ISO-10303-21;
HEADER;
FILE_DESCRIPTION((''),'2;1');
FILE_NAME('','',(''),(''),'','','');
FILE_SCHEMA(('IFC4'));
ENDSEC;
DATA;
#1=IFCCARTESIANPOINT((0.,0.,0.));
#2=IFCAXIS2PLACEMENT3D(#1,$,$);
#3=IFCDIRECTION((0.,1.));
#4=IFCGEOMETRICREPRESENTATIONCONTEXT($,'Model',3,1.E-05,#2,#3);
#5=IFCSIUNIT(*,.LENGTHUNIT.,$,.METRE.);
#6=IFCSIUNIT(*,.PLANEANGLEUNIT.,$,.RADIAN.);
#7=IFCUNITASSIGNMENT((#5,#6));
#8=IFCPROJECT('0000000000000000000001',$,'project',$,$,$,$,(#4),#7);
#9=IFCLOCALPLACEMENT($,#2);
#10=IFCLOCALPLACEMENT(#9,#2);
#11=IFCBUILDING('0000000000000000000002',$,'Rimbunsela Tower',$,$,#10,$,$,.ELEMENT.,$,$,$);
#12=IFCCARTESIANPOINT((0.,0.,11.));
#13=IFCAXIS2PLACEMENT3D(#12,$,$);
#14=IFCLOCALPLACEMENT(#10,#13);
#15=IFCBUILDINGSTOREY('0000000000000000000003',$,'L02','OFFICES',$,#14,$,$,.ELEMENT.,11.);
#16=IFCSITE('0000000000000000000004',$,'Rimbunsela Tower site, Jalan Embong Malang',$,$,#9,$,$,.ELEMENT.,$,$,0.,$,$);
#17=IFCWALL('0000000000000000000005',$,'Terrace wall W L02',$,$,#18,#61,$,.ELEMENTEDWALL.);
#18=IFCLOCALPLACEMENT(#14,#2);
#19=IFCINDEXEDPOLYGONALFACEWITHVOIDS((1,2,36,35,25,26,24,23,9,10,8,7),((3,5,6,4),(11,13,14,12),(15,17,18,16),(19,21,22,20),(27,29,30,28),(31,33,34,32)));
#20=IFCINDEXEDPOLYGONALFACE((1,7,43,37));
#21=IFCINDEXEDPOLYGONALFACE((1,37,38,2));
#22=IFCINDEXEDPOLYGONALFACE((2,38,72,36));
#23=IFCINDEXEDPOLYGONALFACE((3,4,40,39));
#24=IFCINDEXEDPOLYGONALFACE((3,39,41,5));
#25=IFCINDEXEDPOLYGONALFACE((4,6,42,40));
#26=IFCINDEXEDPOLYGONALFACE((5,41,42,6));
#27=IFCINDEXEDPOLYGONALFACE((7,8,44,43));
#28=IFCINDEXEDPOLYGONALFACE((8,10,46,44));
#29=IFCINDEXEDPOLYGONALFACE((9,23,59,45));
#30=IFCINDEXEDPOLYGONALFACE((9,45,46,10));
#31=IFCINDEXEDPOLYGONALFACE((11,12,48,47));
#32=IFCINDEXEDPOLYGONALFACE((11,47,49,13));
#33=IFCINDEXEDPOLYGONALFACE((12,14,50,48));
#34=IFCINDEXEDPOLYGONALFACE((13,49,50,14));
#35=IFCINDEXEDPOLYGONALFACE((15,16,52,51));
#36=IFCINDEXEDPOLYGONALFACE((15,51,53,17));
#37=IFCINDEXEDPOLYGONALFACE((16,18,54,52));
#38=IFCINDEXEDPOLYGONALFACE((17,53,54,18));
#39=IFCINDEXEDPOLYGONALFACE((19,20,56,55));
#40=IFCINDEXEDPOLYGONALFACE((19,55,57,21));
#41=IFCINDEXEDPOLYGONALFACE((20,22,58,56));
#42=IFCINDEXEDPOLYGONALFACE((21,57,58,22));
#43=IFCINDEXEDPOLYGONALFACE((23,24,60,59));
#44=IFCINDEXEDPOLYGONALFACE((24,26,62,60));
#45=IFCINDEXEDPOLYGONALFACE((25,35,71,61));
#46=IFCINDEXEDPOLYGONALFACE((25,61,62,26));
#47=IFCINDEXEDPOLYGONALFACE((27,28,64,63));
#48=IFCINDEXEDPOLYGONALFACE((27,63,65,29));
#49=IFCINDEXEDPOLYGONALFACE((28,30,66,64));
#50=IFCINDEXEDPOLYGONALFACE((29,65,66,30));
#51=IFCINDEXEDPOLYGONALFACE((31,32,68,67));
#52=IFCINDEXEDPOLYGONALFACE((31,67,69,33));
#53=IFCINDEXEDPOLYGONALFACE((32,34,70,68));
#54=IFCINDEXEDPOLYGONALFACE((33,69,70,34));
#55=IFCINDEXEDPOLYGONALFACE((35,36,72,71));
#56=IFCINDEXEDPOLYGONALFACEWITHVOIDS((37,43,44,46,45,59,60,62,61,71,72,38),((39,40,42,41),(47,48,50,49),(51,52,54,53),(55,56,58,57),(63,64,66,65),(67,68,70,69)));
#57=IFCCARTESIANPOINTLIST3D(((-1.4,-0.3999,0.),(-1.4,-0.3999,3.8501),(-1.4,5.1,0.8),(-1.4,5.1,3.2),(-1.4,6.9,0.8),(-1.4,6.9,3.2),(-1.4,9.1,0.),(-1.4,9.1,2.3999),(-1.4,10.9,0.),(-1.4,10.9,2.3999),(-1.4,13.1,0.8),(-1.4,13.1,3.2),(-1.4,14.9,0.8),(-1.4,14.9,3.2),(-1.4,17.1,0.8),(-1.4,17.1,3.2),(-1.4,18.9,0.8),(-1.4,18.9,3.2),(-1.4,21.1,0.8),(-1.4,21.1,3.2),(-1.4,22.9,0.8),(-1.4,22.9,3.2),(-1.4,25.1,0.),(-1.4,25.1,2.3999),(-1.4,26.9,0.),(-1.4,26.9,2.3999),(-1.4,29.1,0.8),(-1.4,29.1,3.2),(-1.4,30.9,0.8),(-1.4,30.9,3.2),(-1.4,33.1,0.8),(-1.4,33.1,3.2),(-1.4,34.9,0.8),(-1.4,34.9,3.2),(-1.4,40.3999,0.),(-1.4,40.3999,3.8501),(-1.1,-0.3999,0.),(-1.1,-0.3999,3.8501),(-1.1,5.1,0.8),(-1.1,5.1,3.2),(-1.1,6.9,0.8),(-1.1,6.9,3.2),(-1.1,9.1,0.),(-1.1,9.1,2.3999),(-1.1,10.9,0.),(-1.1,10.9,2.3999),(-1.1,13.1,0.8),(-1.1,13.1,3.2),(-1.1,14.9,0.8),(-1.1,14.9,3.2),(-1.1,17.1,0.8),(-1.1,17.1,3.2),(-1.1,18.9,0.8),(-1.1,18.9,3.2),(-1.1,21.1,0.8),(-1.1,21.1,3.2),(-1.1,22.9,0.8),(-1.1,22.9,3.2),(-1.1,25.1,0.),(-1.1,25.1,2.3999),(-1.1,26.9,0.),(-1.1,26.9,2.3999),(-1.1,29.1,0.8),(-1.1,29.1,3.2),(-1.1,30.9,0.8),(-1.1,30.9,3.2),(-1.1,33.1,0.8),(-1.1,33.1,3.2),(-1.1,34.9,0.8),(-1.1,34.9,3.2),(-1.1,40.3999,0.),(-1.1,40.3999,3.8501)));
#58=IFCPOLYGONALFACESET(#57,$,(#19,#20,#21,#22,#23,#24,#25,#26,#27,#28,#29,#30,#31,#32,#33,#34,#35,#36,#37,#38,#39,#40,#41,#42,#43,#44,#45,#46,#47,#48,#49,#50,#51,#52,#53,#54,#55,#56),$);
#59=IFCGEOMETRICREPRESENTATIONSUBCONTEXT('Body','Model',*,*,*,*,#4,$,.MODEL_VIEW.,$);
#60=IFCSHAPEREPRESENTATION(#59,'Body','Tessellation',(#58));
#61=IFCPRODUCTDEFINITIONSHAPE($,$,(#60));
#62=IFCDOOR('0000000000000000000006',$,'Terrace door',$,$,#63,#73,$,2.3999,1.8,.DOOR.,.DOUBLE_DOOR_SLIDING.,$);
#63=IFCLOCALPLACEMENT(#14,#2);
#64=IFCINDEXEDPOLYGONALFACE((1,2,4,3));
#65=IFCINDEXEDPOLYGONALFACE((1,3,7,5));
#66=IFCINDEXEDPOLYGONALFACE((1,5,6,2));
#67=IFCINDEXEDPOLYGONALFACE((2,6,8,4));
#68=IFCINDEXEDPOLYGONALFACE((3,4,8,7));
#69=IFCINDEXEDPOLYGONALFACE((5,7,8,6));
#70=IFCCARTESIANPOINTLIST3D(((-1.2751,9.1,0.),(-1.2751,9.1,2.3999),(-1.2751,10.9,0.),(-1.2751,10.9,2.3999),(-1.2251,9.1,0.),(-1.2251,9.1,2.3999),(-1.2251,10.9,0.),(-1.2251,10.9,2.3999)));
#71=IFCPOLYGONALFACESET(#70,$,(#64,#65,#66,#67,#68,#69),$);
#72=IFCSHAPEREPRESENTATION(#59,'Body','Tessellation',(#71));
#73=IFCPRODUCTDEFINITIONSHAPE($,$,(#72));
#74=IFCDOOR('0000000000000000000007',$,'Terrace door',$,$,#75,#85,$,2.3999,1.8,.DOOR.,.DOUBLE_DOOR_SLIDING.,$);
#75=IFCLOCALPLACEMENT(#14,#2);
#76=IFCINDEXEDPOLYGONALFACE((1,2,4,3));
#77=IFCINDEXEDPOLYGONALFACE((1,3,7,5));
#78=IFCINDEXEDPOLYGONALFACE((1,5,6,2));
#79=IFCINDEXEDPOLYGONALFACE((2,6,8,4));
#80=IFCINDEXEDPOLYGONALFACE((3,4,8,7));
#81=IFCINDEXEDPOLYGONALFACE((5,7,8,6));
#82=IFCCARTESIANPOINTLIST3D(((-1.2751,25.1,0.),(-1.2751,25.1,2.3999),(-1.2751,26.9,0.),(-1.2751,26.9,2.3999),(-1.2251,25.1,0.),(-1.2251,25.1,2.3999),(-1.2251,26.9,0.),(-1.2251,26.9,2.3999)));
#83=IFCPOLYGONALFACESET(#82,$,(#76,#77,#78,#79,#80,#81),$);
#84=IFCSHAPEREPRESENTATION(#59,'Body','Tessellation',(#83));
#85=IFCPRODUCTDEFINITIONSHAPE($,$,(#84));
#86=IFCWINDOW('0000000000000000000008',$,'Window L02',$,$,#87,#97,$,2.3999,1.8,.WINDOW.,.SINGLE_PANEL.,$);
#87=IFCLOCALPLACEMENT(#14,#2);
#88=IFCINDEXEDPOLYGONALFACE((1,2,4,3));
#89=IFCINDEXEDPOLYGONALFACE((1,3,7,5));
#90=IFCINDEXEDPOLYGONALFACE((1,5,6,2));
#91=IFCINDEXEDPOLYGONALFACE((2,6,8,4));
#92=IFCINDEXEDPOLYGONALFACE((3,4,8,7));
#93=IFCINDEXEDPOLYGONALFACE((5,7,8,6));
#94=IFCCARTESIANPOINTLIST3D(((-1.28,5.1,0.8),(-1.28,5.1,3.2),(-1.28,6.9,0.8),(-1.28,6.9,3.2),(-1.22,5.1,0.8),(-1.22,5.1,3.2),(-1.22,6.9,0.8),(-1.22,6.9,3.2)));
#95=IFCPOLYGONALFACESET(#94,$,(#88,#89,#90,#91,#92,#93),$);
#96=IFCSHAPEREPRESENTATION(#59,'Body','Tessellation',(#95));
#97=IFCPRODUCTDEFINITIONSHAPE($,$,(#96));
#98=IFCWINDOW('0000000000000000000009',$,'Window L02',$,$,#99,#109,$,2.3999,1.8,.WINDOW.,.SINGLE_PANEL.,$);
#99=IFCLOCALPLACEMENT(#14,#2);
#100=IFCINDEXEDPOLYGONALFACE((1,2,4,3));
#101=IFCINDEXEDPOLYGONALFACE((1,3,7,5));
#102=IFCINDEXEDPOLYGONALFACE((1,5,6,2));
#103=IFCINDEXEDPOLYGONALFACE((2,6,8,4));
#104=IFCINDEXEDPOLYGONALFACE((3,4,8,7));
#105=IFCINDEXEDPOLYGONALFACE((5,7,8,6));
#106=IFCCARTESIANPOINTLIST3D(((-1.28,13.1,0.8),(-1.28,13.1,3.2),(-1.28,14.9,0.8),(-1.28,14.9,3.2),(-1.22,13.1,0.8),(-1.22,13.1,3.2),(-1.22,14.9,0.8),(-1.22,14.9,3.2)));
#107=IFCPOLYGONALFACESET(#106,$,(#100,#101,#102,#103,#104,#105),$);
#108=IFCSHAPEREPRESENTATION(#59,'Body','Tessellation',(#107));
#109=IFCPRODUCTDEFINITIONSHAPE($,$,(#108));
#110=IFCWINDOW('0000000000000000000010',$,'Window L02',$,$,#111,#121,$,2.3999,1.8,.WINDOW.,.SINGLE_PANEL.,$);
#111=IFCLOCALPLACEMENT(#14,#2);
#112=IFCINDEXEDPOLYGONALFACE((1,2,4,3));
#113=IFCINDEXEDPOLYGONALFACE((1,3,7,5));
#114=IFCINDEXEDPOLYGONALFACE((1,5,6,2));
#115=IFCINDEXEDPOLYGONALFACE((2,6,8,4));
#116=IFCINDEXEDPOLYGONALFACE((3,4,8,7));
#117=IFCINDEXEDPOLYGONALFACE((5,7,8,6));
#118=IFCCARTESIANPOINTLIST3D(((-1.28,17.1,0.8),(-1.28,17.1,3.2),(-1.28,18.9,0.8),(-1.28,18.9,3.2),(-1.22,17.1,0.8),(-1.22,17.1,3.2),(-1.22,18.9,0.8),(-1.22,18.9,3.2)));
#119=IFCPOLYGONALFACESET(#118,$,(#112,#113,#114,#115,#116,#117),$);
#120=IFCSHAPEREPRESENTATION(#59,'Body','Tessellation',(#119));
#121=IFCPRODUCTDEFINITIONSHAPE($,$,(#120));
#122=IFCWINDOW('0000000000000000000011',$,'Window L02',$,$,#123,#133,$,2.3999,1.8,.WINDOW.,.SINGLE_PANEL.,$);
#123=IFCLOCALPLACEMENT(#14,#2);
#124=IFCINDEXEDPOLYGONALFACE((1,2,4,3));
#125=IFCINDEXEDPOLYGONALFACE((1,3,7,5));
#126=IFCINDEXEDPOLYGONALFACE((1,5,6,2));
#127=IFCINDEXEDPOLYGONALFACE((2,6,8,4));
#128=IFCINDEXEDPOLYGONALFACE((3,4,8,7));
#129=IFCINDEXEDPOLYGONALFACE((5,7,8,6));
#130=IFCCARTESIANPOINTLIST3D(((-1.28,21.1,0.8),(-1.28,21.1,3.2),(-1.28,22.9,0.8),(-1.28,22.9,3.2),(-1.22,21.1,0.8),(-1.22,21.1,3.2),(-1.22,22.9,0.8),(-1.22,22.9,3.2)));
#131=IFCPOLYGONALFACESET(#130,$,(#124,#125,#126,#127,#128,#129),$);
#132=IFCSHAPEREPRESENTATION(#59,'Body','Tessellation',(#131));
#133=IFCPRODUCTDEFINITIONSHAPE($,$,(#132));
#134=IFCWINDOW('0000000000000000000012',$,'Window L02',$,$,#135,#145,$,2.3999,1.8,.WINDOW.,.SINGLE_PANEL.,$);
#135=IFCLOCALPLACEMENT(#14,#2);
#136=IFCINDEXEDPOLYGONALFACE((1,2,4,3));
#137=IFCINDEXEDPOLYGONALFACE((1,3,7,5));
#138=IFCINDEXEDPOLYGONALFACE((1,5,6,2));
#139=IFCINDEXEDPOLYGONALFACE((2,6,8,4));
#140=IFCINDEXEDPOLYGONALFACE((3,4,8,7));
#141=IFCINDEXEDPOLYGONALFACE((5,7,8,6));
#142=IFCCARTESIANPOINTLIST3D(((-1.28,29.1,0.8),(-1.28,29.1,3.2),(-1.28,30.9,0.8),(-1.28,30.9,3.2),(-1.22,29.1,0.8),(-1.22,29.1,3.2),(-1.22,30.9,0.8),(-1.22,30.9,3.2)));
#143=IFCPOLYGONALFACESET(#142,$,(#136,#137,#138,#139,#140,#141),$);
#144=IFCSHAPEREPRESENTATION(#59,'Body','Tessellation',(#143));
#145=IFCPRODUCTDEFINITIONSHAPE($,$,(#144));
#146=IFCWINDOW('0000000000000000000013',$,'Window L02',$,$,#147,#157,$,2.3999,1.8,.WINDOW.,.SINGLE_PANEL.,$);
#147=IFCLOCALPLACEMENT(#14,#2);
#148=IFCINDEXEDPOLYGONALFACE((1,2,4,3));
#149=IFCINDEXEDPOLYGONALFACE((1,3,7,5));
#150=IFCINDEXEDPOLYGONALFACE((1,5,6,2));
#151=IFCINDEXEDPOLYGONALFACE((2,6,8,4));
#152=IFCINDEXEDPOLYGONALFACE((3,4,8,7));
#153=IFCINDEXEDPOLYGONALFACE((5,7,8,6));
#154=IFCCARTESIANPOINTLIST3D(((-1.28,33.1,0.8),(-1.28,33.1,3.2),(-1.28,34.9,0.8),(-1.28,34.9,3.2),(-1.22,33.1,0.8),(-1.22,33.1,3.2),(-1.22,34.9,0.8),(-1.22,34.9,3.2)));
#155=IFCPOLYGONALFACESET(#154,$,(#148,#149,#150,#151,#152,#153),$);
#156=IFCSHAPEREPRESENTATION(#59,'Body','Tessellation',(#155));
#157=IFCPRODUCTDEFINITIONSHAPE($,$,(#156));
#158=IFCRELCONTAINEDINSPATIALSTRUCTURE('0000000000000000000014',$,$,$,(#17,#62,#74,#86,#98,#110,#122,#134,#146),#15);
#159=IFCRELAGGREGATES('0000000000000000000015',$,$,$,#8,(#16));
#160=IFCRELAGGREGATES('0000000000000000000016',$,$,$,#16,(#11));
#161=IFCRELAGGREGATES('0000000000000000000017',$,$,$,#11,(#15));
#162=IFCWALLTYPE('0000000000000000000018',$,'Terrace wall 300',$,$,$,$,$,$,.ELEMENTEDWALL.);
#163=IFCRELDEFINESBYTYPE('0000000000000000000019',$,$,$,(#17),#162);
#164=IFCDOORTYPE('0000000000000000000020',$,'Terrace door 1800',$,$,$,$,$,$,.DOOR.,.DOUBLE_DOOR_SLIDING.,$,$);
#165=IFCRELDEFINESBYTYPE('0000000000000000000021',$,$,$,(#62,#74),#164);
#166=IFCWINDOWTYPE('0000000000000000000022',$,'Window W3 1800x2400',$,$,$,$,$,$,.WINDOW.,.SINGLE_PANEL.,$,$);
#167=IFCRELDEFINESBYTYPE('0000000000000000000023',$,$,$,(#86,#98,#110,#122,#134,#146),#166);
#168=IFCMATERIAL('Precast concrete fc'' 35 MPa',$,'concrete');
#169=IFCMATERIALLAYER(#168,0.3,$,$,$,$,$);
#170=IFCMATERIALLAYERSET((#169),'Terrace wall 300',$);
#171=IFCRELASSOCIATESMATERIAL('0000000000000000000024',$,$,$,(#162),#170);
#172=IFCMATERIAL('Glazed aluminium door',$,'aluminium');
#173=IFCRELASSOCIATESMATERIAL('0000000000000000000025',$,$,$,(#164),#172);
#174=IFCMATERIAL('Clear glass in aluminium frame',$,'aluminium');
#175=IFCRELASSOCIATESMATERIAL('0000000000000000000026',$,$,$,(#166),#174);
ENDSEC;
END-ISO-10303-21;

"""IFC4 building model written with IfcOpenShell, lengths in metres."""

from ifc_helpers import new_model, si_unit, direction, frame, frame_2d, origin, place, context, subcontext, project, spatial, rectangle, extrude, material, layer, layer_set, type_object, element, fill, save


model = new_model("IFC4")

# Units and contexts
model_context = context("Model", 3, precision=1e-05, world=origin(), true_north=direction((0.0, 1.0)))
body_context = subcontext(model_context, "Body", "Model", "MODEL_VIEW")
ifc_project = project(units=[si_unit("LENGTHUNIT", "METRE"), si_unit("PLANEANGLEUNIT", "RADIAN")], contexts=[model_context])

# Site, building, storey
site_placement = place(None, origin())
site = spatial("IfcSite", under=ifc_project, at=site_placement, Name="Rimbunsela Tower site, Jalan Embong Malang", CompositionType="ELEMENT", RefElevation=0.0)
building_placement = place(site_placement, origin())
building = spatial("IfcBuilding", under=site, at=building_placement, Name="Rimbunsela Tower", CompositionType="ELEMENT")
storey_placement = place(building_placement, frame((0.0, 0.0, 11.0)))
storey = spatial("IfcBuildingStorey", under=building, at=storey_placement, Name="L02", Description="OFFICES", CompositionType="ELEMENT", Elevation=11.0)

# Wall, openings, doors, windows
ifc_material_1 = material(Name="Precast concrete fc' 35 MPa", Category="concrete")
ifc_layer_1 = layer(ifc_material_1, 0.3)
ifc_layer_set_1 = layer_set([ifc_layer_1], Name="Terrace wall 300")
wall_type = type_object("IfcWallType", Name="Terrace wall 300", PredefinedType="ELEMENTEDWALL", material=ifc_layer_set_1)
wall_placement = place(storey_placement, frame((-1.25, 40.3999, 0.0), z_axis=(0.0, 0.0, 1.0), x_axis=(0.0, -1.0, 0.0)))
wall = element("IfcWall", 1, at=wall_placement, inside=storey, type_object=wall_type, Name="Terrace wall W L02", PredefinedType="ELEMENTEDWALL", context=body_context, shape_type="SweptSolid", body=[
    extrude(rectangle(XDim=40.7998, YDim=0.3, at=frame_2d((20.3999, 0.0))), origin(), (0.0, 0.0, 1.0), 3.8501),
])
opening_1_placement = place(wall_placement, frame((33.5, 0.0, 0.8)))
opening_1 = element("IfcOpeningElement", 2, at=opening_1_placement, cuts=wall, PredefinedType="OPENING", context=body_context, shape_type="SweptSolid", body=[
    extrude(rectangle(XDim=1.8, YDim=2.3999, at=frame_2d((0.8999, 1.2))), frame((0.0, 0.1599, 0.0), z_axis=(0.0, -1.0, 0.0), x_axis=(1.0, 0.0, 0.0)), (0.0, 0.0, 1.0), 0.3201),
])
opening_2_placement = place(wall_placement, frame((29.5, 0.0, 0.0)))
opening_2 = element("IfcOpeningElement", 3, at=opening_2_placement, cuts=wall, PredefinedType="OPENING", context=body_context, shape_type="SweptSolid", body=[
    extrude(rectangle(XDim=1.8, YDim=2.3999, at=frame_2d((0.8999, 1.2))), frame((0.0, 0.1599, 0.0), z_axis=(0.0, -1.0, 0.0), x_axis=(1.0, 0.0, 0.0)), (0.0, 0.0, 1.0), 0.3201),
])
opening_3_placement = place(wall_placement, frame((25.5, 0.0, 0.8)))
opening_3 = element("IfcOpeningElement", 4, at=opening_3_placement, cuts=wall, PredefinedType="OPENING", context=body_context, shape_type="SweptSolid", body=[
    extrude(rectangle(XDim=1.8, YDim=2.3999, at=frame_2d((0.8999, 1.2))), frame((0.0, 0.1599, 0.0), z_axis=(0.0, -1.0, 0.0), x_axis=(1.0, 0.0, 0.0)), (0.0, 0.0, 1.0), 0.3201),
])
opening_4_placement = place(wall_placement, frame((21.5, 0.0, 0.8)))
opening_4 = element("IfcOpeningElement", 5, at=opening_4_placement, cuts=wall, PredefinedType="OPENING", context=body_context, shape_type="SweptSolid", body=[
    extrude(rectangle(XDim=1.8, YDim=2.3999, at=frame_2d((0.8999, 1.2))), frame((0.0, 0.1599, 0.0), z_axis=(0.0, -1.0, 0.0), x_axis=(1.0, 0.0, 0.0)), (0.0, 0.0, 1.0), 0.3201),
])
opening_5_placement = place(wall_placement, frame((17.5, 0.0, 0.8)))
opening_5 = element("IfcOpeningElement", 6, at=opening_5_placement, cuts=wall, PredefinedType="OPENING", context=body_context, shape_type="SweptSolid", body=[
    extrude(rectangle(XDim=1.8, YDim=2.3999, at=frame_2d((0.8999, 1.2))), frame((0.0, 0.1599, 0.0), z_axis=(0.0, -1.0, 0.0), x_axis=(1.0, 0.0, 0.0)), (0.0, 0.0, 1.0), 0.3201),
])
opening_6_placement = place(wall_placement, frame((13.5, 0.0, 0.0)))
opening_6 = element("IfcOpeningElement", 7, at=opening_6_placement, cuts=wall, PredefinedType="OPENING", context=body_context, shape_type="SweptSolid", body=[
    extrude(rectangle(XDim=1.8, YDim=2.3999, at=frame_2d((0.8999, 1.2))), frame((0.0, 0.1599, 0.0), z_axis=(0.0, -1.0, 0.0), x_axis=(1.0, 0.0, 0.0)), (0.0, 0.0, 1.0), 0.3201),
])
opening_7_placement = place(wall_placement, frame((9.5, 0.0, 0.8)))
opening_7 = element("IfcOpeningElement", 8, at=opening_7_placement, cuts=wall, PredefinedType="OPENING", context=body_context, shape_type="SweptSolid", body=[
    extrude(rectangle(XDim=1.8, YDim=2.3999, at=frame_2d((0.8999, 1.2))), frame((0.0, 0.1599, 0.0), z_axis=(0.0, -1.0, 0.0), x_axis=(1.0, 0.0, 0.0)), (0.0, 0.0, 1.0), 0.3201),
])
opening_8_placement = place(wall_placement, frame((5.5, 0.0, 0.8)))
opening_8 = element("IfcOpeningElement", 9, at=opening_8_placement, cuts=wall, PredefinedType="OPENING", context=body_context, shape_type="SweptSolid", body=[
    extrude(rectangle(XDim=1.8, YDim=2.3999, at=frame_2d((0.8999, 1.2))), frame((0.0, 0.1599, 0.0), z_axis=(0.0, -1.0, 0.0), x_axis=(1.0, 0.0, 0.0)), (0.0, 0.0, 1.0), 0.3201),
])
ifc_material_2 = material(Name="Glazed aluminium door", Category="aluminium")
door_type = type_object("IfcDoorType", Name="Terrace door 1800", OperationType="DOUBLE_DOOR_SLIDING", PredefinedType="DOOR", material=ifc_material_2)
door_1_placement = place(opening_2_placement, origin())
door_1 = element("IfcDoor", 10, at=door_1_placement, inside=storey, type_object=door_type, Name="Terrace door", OperationType="DOUBLE_DOOR_SLIDING", OverallHeight=2.3999, OverallWidth=1.8, PredefinedType="DOOR", context=body_context, shape_type="SweptSolid", body=[
    extrude(rectangle(XDim=1.8, YDim=2.3999, at=frame_2d((0.8999, 1.2))), frame((0.0, 0.0249, 0.0), z_axis=(0.0, -1.0, 0.0), x_axis=(1.0, 0.0, 0.0)), (0.0, 0.0, 1.0), 0.05),
])
fill(opening_2, door_1)
door_2_placement = place(opening_6_placement, origin())
door_2 = element("IfcDoor", 11, at=door_2_placement, inside=storey, type_object=door_type, Name="Terrace door", OperationType="DOUBLE_DOOR_SLIDING", OverallHeight=2.3999, OverallWidth=1.8, PredefinedType="DOOR", context=body_context, shape_type="SweptSolid", body=[
    extrude(rectangle(XDim=1.8, YDim=2.3999, at=frame_2d((0.8999, 1.2))), frame((0.0, 0.0249, 0.0), z_axis=(0.0, -1.0, 0.0), x_axis=(1.0, 0.0, 0.0)), (0.0, 0.0, 1.0), 0.05),
])
fill(opening_6, door_2)
ifc_material_3 = material(Name="Clear glass in aluminium frame", Category="aluminium")
window_type = type_object("IfcWindowType", Name="Window W3 1800x2400", PartitioningType="SINGLE_PANEL", PredefinedType="WINDOW", material=ifc_material_3)
window_1_placement = place(opening_1_placement, origin())
window_1 = element("IfcWindow", 12, at=window_1_placement, inside=storey, type_object=window_type, Name="Window L02", OverallHeight=2.3999, OverallWidth=1.8, PartitioningType="SINGLE_PANEL", PredefinedType="WINDOW", context=body_context, shape_type="SweptSolid", body=[
    extrude(rectangle(XDim=1.8, YDim=2.3999, at=frame_2d((0.8999, 1.2))), frame((0.0, 0.03, 0.0), z_axis=(0.0, -1.0, 0.0), x_axis=(1.0, 0.0, 0.0)), (0.0, 0.0, 1.0), 0.0601),
])
fill(opening_1, window_1)
window_2_placement = place(opening_3_placement, origin())
window_2 = element("IfcWindow", 13, at=window_2_placement, inside=storey, type_object=window_type, Name="Window L02", OverallHeight=2.3999, OverallWidth=1.8, PartitioningType="SINGLE_PANEL", PredefinedType="WINDOW", context=body_context, shape_type="SweptSolid", body=[
    extrude(rectangle(XDim=1.8, YDim=2.3999, at=frame_2d((0.8999, 1.2))), frame((0.0, 0.03, 0.0), z_axis=(0.0, -1.0, 0.0), x_axis=(1.0, 0.0, 0.0)), (0.0, 0.0, 1.0), 0.0601),
])
fill(opening_3, window_2)
window_3_placement = place(opening_4_placement, origin())
window_3 = element("IfcWindow", 14, at=window_3_placement, inside=storey, type_object=window_type, Name="Window L02", OverallHeight=2.3999, OverallWidth=1.8, PartitioningType="SINGLE_PANEL", PredefinedType="WINDOW", context=body_context, shape_type="SweptSolid", body=[
    extrude(rectangle(XDim=1.8, YDim=2.3999, at=frame_2d((0.8999, 1.2))), frame((0.0, 0.03, 0.0), z_axis=(0.0, -1.0, 0.0), x_axis=(1.0, 0.0, 0.0)), (0.0, 0.0, 1.0), 0.0601),
])
fill(opening_4, window_3)
window_4_placement = place(opening_5_placement, origin())
window_4 = element("IfcWindow", 15, at=window_4_placement, inside=storey, type_object=window_type, Name="Window L02", OverallHeight=2.3999, OverallWidth=1.8, PartitioningType="SINGLE_PANEL", PredefinedType="WINDOW", context=body_context, shape_type="SweptSolid", body=[
    extrude(rectangle(XDim=1.8, YDim=2.3999, at=frame_2d((0.8999, 1.2))), frame((0.0, 0.03, 0.0), z_axis=(0.0, -1.0, 0.0), x_axis=(1.0, 0.0, 0.0)), (0.0, 0.0, 1.0), 0.0601),
])
fill(opening_5, window_4)
window_5_placement = place(opening_7_placement, origin())
window_5 = element("IfcWindow", 16, at=window_5_placement, inside=storey, type_object=window_type, Name="Window L02", OverallHeight=2.3999, OverallWidth=1.8, PartitioningType="SINGLE_PANEL", PredefinedType="WINDOW", context=body_context, shape_type="SweptSolid", body=[
    extrude(rectangle(XDim=1.8, YDim=2.3999, at=frame_2d((0.8999, 1.2))), frame((0.0, 0.03, 0.0), z_axis=(0.0, -1.0, 0.0), x_axis=(1.0, 0.0, 0.0)), (0.0, 0.0, 1.0), 0.0601),
])
fill(opening_7, window_5)
window_6_placement = place(opening_8_placement, origin())
window_6 = element("IfcWindow", 17, at=window_6_placement, inside=storey, type_object=window_type, Name="Window L02", OverallHeight=2.3999, OverallWidth=1.8, PartitioningType="SINGLE_PANEL", PredefinedType="WINDOW", context=body_context, shape_type="SweptSolid", body=[
    extrude(rectangle(XDim=1.8, YDim=2.3999, at=frame_2d((0.8999, 1.2))), frame((0.0, 0.03, 0.0), z_axis=(0.0, -1.0, 0.0), x_axis=(1.0, 0.0, 0.0)), (0.0, 0.0, 1.0), 0.0601),
])
fill(opening_8, window_6)

save(model, "model.ifc")
